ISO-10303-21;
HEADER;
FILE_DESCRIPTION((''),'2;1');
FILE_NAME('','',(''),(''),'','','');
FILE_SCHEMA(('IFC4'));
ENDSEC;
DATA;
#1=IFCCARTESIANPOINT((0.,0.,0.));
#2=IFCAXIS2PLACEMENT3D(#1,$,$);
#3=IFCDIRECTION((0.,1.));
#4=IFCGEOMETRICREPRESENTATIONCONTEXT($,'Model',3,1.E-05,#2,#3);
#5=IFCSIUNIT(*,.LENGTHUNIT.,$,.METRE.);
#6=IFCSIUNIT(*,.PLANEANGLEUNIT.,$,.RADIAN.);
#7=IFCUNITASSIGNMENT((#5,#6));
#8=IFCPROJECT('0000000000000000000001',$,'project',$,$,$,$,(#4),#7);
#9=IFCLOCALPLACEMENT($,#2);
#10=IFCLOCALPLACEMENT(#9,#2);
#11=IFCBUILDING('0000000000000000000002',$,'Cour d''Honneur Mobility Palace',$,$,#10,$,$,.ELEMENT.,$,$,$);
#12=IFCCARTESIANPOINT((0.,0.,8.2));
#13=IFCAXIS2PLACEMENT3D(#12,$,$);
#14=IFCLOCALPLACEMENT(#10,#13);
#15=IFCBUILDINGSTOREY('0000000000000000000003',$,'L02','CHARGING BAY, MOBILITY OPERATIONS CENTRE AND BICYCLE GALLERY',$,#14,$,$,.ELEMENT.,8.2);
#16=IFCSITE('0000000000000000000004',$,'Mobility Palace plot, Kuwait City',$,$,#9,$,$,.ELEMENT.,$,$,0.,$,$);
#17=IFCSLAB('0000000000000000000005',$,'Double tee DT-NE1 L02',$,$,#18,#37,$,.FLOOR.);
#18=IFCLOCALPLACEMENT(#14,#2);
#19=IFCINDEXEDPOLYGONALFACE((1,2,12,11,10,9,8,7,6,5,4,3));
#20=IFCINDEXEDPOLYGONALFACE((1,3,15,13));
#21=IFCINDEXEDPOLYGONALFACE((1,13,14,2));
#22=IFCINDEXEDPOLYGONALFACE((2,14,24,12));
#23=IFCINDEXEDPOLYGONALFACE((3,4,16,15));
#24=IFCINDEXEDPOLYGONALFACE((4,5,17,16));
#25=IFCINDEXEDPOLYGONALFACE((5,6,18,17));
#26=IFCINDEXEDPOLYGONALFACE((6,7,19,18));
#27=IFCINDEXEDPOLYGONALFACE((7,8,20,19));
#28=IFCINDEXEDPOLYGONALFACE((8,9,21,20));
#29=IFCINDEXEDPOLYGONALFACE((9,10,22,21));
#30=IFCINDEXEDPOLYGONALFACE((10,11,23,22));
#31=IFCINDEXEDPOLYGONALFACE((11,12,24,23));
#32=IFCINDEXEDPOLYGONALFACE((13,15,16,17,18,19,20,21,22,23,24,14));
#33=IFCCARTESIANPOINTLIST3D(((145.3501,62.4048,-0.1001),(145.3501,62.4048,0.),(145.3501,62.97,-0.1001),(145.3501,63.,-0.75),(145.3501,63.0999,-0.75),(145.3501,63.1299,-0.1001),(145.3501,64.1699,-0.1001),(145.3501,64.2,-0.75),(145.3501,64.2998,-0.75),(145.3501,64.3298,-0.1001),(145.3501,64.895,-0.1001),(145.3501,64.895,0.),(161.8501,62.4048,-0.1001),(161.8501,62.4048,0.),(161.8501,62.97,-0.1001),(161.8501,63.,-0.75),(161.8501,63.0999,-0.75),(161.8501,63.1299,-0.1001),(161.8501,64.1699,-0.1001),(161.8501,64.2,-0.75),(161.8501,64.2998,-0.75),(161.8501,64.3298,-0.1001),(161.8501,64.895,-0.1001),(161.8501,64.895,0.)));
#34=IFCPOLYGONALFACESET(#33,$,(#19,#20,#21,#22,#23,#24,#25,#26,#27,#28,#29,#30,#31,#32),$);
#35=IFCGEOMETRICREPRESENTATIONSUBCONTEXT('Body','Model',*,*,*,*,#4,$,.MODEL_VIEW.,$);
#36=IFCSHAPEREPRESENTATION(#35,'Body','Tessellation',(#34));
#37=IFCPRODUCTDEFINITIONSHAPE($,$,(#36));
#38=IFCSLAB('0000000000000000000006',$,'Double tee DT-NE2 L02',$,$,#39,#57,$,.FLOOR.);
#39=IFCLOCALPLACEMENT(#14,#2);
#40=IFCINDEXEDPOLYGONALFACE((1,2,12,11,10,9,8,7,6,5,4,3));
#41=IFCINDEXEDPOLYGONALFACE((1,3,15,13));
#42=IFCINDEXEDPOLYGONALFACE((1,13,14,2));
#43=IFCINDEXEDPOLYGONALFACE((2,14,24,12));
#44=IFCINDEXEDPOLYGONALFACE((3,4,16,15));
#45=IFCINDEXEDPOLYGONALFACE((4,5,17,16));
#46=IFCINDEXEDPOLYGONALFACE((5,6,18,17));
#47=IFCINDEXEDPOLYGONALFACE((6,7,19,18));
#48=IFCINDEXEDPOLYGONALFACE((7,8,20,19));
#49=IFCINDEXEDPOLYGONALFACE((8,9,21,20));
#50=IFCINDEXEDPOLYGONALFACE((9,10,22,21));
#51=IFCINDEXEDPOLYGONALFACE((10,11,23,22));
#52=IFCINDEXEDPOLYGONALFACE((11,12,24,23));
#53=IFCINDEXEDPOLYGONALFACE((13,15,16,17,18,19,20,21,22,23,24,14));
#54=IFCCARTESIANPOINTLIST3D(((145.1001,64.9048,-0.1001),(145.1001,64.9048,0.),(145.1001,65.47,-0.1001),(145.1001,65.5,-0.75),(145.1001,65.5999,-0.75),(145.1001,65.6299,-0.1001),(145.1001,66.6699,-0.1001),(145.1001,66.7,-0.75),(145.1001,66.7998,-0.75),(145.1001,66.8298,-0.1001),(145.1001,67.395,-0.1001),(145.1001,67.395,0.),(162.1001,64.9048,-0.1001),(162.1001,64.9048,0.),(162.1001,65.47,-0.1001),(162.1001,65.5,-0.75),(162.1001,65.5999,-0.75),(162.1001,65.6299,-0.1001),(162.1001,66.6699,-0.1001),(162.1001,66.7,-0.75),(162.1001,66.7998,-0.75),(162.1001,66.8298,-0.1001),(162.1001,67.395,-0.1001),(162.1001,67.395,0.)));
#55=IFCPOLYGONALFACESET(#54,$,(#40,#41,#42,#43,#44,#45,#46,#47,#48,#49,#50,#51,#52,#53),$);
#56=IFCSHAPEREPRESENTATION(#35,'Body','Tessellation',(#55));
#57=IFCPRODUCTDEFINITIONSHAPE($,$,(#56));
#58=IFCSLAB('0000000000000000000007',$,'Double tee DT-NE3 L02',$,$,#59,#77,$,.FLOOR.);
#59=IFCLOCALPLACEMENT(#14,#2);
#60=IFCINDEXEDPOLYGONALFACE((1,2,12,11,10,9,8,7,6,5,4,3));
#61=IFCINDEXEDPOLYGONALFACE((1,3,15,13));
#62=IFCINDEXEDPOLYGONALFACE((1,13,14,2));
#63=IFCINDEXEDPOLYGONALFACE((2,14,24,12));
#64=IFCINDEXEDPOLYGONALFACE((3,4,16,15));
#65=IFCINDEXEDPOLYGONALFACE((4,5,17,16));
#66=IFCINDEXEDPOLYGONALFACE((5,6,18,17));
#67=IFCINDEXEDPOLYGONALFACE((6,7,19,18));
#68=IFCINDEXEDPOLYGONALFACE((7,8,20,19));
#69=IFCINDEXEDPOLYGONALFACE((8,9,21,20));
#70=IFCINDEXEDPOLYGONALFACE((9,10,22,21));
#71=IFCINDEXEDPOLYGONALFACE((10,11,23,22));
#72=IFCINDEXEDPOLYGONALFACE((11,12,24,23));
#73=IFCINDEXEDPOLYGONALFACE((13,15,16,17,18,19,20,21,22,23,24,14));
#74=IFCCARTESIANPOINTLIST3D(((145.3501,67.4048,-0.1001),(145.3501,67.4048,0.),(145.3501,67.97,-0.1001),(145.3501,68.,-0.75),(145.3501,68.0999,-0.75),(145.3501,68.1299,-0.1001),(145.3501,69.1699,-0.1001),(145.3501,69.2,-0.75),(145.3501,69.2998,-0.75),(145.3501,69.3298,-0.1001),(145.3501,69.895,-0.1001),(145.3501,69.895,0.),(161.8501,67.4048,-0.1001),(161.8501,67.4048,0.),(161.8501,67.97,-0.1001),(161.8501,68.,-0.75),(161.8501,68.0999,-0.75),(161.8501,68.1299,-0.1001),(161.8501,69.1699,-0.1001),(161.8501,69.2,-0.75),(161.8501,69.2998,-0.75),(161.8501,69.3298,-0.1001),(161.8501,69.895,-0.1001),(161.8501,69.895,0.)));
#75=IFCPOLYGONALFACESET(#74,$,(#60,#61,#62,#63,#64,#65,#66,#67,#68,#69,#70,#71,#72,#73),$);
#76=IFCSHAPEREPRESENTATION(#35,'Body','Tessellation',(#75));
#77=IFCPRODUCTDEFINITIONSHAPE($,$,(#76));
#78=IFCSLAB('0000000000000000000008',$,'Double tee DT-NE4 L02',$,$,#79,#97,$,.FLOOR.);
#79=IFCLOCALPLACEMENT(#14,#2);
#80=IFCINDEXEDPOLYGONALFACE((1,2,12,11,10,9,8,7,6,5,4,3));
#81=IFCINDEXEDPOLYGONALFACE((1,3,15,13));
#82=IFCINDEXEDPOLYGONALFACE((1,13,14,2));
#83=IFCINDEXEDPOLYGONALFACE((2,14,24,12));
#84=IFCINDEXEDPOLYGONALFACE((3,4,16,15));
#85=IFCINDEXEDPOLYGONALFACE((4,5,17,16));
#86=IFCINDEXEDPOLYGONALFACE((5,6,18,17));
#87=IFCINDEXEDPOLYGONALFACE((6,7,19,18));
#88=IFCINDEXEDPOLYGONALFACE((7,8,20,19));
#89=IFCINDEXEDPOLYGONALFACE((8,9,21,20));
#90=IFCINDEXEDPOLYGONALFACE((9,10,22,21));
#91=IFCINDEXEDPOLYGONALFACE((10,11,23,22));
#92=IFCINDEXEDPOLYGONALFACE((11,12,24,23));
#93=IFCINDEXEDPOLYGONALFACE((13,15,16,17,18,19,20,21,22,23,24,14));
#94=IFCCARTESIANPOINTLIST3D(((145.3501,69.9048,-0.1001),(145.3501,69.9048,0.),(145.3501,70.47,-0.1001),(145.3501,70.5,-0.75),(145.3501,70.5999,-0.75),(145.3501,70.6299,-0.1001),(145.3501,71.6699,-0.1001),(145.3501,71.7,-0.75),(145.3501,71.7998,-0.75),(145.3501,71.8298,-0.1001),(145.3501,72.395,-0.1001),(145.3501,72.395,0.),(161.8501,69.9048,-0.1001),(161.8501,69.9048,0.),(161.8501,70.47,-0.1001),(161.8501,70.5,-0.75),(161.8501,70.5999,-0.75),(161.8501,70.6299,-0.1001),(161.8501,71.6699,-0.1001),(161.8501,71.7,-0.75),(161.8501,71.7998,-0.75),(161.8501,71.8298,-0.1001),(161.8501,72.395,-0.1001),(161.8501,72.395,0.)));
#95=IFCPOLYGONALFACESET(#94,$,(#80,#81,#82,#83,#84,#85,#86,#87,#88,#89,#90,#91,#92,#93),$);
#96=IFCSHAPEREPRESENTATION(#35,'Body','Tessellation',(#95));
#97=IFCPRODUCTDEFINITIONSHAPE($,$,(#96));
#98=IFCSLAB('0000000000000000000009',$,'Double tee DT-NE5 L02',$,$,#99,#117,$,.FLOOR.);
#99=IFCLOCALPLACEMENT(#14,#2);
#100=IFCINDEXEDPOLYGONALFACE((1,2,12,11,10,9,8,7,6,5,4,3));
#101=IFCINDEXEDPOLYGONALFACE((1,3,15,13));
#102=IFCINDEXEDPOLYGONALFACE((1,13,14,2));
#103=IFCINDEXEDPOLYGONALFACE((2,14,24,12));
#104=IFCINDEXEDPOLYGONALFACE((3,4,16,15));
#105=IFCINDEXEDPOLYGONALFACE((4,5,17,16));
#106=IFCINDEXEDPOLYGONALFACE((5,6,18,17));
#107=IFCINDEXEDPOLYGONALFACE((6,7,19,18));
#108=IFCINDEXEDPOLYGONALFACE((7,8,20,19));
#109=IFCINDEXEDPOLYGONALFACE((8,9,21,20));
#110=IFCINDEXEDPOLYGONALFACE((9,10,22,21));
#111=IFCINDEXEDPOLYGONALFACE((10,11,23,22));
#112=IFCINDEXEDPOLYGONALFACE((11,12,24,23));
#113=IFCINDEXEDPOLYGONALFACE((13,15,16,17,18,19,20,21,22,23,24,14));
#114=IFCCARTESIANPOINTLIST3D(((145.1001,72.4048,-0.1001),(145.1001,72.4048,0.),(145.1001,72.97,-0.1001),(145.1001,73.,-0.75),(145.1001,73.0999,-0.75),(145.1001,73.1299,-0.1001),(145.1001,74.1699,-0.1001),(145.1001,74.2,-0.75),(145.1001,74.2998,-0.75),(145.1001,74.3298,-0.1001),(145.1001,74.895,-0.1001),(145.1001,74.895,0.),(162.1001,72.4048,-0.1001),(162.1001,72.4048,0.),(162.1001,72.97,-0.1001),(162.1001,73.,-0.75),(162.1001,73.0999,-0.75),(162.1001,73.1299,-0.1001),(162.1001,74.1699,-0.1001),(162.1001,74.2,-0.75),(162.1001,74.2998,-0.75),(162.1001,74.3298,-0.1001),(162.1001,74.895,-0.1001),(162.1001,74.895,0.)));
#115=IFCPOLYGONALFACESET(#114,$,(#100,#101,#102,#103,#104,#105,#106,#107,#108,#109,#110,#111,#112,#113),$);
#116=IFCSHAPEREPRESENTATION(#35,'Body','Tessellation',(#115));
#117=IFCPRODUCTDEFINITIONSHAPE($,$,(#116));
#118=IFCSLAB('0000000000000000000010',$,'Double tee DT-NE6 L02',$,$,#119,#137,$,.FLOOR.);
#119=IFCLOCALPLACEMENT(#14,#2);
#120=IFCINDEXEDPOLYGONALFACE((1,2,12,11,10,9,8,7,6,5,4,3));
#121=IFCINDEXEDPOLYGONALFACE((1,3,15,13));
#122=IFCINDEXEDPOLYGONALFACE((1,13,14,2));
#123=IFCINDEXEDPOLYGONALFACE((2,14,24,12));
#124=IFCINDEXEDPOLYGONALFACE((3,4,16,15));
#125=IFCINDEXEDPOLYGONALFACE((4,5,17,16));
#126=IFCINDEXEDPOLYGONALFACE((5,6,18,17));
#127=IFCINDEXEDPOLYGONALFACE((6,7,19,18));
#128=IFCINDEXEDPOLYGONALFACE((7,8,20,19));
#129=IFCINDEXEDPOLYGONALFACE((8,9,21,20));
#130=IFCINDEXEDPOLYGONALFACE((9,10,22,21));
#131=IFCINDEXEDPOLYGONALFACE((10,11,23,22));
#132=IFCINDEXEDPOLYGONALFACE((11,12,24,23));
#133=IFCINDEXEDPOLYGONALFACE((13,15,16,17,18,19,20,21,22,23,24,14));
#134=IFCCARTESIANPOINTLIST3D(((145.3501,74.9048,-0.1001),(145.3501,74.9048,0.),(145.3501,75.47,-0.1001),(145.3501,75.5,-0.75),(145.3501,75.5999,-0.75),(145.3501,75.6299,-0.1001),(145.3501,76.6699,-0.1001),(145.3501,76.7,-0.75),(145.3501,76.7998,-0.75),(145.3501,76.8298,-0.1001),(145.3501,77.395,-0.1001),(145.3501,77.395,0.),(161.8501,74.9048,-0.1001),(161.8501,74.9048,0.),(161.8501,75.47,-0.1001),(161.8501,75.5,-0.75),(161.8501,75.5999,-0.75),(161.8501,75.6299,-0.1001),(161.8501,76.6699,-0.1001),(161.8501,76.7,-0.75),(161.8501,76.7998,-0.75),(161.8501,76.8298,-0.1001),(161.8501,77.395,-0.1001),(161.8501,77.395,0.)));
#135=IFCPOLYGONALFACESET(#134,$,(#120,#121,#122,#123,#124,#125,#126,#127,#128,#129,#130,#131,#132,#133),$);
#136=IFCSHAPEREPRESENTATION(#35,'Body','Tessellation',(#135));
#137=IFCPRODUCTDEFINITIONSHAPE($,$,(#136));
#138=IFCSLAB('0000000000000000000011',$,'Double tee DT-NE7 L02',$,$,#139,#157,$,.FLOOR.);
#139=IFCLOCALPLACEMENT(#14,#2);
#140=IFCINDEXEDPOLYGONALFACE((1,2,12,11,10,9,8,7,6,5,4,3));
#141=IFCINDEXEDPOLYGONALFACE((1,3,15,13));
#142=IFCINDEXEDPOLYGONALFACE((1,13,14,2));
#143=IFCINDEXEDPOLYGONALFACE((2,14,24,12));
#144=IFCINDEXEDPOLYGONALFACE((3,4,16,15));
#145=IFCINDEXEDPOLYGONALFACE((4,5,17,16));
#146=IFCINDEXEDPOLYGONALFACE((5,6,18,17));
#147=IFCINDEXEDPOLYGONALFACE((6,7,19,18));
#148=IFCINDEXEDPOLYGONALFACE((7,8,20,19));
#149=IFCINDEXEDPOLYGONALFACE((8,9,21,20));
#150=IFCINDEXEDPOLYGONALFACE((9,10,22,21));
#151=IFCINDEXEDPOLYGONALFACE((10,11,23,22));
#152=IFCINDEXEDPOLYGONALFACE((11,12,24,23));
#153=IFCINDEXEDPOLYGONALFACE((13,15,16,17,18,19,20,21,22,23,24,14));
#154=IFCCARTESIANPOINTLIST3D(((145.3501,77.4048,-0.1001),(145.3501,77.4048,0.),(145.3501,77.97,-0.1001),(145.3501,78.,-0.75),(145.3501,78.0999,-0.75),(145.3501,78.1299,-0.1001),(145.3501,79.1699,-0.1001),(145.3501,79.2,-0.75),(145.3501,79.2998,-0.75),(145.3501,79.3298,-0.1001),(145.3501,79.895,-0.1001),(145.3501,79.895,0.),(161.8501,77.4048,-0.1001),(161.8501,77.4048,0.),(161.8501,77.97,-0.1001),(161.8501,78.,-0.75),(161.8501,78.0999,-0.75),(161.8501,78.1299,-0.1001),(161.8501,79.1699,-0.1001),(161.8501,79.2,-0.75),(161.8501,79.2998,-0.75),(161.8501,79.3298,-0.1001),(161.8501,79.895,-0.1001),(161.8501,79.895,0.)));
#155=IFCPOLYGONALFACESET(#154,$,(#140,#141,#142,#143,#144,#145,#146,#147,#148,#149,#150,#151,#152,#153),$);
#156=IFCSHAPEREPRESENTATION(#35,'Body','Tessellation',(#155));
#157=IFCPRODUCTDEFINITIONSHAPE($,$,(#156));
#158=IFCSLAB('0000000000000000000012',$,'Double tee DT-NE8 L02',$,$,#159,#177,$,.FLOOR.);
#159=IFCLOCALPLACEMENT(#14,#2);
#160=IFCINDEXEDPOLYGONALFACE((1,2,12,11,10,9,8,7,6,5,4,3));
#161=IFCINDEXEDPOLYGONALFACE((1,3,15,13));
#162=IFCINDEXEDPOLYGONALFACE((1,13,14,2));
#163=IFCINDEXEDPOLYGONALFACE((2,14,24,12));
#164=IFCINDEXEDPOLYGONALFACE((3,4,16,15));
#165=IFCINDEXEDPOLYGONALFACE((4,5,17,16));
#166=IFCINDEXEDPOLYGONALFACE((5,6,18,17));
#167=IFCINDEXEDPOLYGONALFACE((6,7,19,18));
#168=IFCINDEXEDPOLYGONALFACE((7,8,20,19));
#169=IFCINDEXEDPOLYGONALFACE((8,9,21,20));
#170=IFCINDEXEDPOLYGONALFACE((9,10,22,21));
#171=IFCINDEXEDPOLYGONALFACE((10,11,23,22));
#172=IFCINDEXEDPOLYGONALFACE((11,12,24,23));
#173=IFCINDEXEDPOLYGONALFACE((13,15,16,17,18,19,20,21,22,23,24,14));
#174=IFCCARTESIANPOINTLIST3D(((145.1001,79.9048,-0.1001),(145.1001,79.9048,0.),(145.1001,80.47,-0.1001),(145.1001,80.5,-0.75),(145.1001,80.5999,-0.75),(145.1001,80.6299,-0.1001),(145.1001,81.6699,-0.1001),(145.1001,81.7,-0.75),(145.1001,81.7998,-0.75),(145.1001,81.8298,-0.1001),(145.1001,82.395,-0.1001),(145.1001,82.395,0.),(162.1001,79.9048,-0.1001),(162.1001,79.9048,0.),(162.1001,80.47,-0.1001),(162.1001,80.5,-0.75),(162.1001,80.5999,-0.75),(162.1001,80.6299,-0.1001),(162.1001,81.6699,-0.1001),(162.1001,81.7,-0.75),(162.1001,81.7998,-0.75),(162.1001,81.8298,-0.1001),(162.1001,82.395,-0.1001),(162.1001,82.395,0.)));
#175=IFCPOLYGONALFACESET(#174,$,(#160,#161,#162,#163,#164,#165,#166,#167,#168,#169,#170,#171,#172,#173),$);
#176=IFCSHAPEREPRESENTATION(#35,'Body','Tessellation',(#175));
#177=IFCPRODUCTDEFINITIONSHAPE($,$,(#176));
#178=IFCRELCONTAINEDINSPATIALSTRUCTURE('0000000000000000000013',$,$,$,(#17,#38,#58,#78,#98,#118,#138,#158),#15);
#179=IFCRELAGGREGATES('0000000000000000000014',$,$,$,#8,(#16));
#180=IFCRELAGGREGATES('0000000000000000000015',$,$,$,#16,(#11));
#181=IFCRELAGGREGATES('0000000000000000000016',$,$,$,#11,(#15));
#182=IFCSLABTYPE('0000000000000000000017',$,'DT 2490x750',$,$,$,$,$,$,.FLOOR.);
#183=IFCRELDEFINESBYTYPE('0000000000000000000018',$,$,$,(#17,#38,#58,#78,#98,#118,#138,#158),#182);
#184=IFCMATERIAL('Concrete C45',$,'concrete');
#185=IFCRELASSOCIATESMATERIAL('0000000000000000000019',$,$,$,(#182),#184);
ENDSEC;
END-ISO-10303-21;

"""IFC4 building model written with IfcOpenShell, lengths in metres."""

from ifc_helpers import new_model, si_unit, direction, frame, origin, place, context, subcontext, project, spatial, polyline, outline, extrude, material, material_profile, profile_set, type_object, element, save


model = new_model("IFC4")

# Units and contexts
model_context = context("Model", 3, precision=1e-05, world=origin(), true_north=direction((0.0, 1.0)))
body_context = subcontext(model_context, "Body", "Model", "MODEL_VIEW")
ifc_project = project(units=[si_unit("LENGTHUNIT", "METRE"), si_unit("PLANEANGLEUNIT", "RADIAN")], contexts=[model_context])

# Site, building, storey
site_placement = place(None, origin())
site = spatial("IfcSite", under=ifc_project, at=site_placement, Name="Mobility Palace plot, Kuwait City", CompositionType="ELEMENT", RefElevation=0.0)
building_placement = place(site_placement, origin())
building = spatial("IfcBuilding", under=site, at=building_placement, Name="Cour d'Honneur Mobility Palace", CompositionType="ELEMENT")
storey_placement = place(building_placement, frame((0.0, 0.0, 8.2)))
storey = spatial("IfcBuildingStorey", under=building, at=storey_placement, Name="L02", Description="CHARGING BAY, MOBILITY OPERATIONS CENTRE AND BICYCLE GALLERY", CompositionType="ELEMENT", Elevation=8.2)

# Slabs
ifc_material_1 = material(Name="Concrete C45", Category="concrete")
ifc_material_profile_1 = material_profile(ifc_material_1, outline(polyline([(-1.2451, 0.0), (1.2451, 0.0), (1.2451, -0.1001), (0.6799, -0.1001), (0.6499, -0.75), (0.55, -0.75), (0.52, -0.1001), (-0.52, -0.1001), (-0.55, -0.75), (-0.6499, -0.75), (-0.6799, -0.1001), (-1.2451, -0.1001), (-1.2451, 0.0)])), Name="DT 2490x750")
ifc_profile_set_1 = profile_set([ifc_material_profile_1], Name="Concrete C45")
slab_type = type_object("IfcSlabType", Name="DT 2490x750", PredefinedType="FLOOR", material=ifc_profile_set_1)
slab_1_placement = place(storey_placement, frame((145.3501, 63.6499, 0.0), z_axis=(1.0, 0.0, 0.0), x_axis=(0.0, 1.0, 0.0)))
element("IfcSlab", 1, at=slab_1_placement, inside=storey, type_object=slab_type, Name="Double tee DT-NE1 L02", PredefinedType="FLOOR", context=body_context, shape_type="SweptSolid", body=[
    extrude(outline(polyline([(-1.2451, 0.0), (1.2451, 0.0), (1.2451, -0.1001), (0.6799, -0.1001), (0.6499, -0.75), (0.55, -0.75), (0.52, -0.1001), (-0.52, -0.1001), (-0.55, -0.75), (-0.6499, -0.75), (-0.6799, -0.1001), (-1.2451, -0.1001), (-1.2451, 0.0)])), origin(), (0.0, 0.0, 1.0), 16.5),
])
slab_2_placement = place(storey_placement, frame((145.1001, 66.1499, 0.0), z_axis=(1.0, 0.0, 0.0), x_axis=(0.0, 1.0, 0.0)))
element("IfcSlab", 2, at=slab_2_placement, inside=storey, type_object=slab_type, Name="Double tee DT-NE2 L02", PredefinedType="FLOOR", context=body_context, shape_type="SweptSolid", body=[
    extrude(outline(polyline([(-1.2451, 0.0), (1.2451, 0.0), (1.2451, -0.1001), (0.6799, -0.1001), (0.6499, -0.75), (0.55, -0.75), (0.52, -0.1001), (-0.52, -0.1001), (-0.55, -0.75), (-0.6499, -0.75), (-0.6799, -0.1001), (-1.2451, -0.1001), (-1.2451, 0.0)])), origin(), (0.0, 0.0, 1.0), 17.0),
])
for number, where, z_axis, x_axis, name in (
    (3, (145.3501, 68.6499, 0.0), (1.0, 0.0, 0.0), (0.0, 1.0, 0.0), "Double tee DT-NE3 L02"),
    (4, (145.3501, 71.1499, 0.0), (1.0, 0.0, 0.0), (0.0, 1.0, 0.0), "Double tee DT-NE4 L02"),
):
    element("IfcSlab", number, at=place(storey_placement, frame(where, z_axis=z_axis, x_axis=x_axis)), inside=storey, type_object=slab_type, Name=name, PredefinedType="FLOOR", context=body_context, shape_type="SweptSolid", body=[
        extrude(outline(polyline([(-1.2451, 0.0), (1.2451, 0.0), (1.2451, -0.1001), (0.6799, -0.1001), (0.6499, -0.75), (0.55, -0.75), (0.52, -0.1001), (-0.52, -0.1001), (-0.55, -0.75), (-0.6499, -0.75), (-0.6799, -0.1001), (-1.2451, -0.1001), (-1.2451, 0.0)])), origin(), (0.0, 0.0, 1.0), 16.5),
    ])
slab_3_placement = place(storey_placement, frame((145.1001, 73.6499, 0.0), z_axis=(1.0, 0.0, 0.0), x_axis=(0.0, 1.0, 0.0)))
element("IfcSlab", 5, at=slab_3_placement, inside=storey, type_object=slab_type, Name="Double tee DT-NE5 L02", PredefinedType="FLOOR", context=body_context, shape_type="SweptSolid", body=[
    extrude(outline(polyline([(-1.2451, 0.0), (1.2451, 0.0), (1.2451, -0.1001), (0.6799, -0.1001), (0.6499, -0.75), (0.55, -0.75), (0.52, -0.1001), (-0.52, -0.1001), (-0.55, -0.75), (-0.6499, -0.75), (-0.6799, -0.1001), (-1.2451, -0.1001), (-1.2451, 0.0)])), origin(), (0.0, 0.0, 1.0), 17.0),
])
for number, where, z_axis, x_axis, name in (
    (6, (145.3501, 76.1499, 0.0), (1.0, 0.0, 0.0), (0.0, 1.0, 0.0), "Double tee DT-NE6 L02"),
    (7, (145.3501, 78.6499, 0.0), (1.0, 0.0, 0.0), (0.0, 1.0, 0.0), "Double tee DT-NE7 L02"),
):
    element("IfcSlab", number, at=place(storey_placement, frame(where, z_axis=z_axis, x_axis=x_axis)), inside=storey, type_object=slab_type, Name=name, PredefinedType="FLOOR", context=body_context, shape_type="SweptSolid", body=[
        extrude(outline(polyline([(-1.2451, 0.0), (1.2451, 0.0), (1.2451, -0.1001), (0.6799, -0.1001), (0.6499, -0.75), (0.55, -0.75), (0.52, -0.1001), (-0.52, -0.1001), (-0.55, -0.75), (-0.6499, -0.75), (-0.6799, -0.1001), (-1.2451, -0.1001), (-1.2451, 0.0)])), origin(), (0.0, 0.0, 1.0), 16.5),
    ])
slab_4_placement = place(storey_placement, frame((145.1001, 81.1499, 0.0), z_axis=(1.0, 0.0, 0.0), x_axis=(0.0, 1.0, 0.0)))
element("IfcSlab", 8, at=slab_4_placement, inside=storey, type_object=slab_type, Name="Double tee DT-NE8 L02", PredefinedType="FLOOR", context=body_context, shape_type="SweptSolid", body=[
    extrude(outline(polyline([(-1.2451, 0.0), (1.2451, 0.0), (1.2451, -0.1001), (0.6799, -0.1001), (0.6499, -0.75), (0.55, -0.75), (0.52, -0.1001), (-0.52, -0.1001), (-0.55, -0.75), (-0.6499, -0.75), (-0.6799, -0.1001), (-1.2451, -0.1001), (-1.2451, 0.0)])), origin(), (0.0, 0.0, 1.0), 17.0),
])

save(model, "model.ifc")
